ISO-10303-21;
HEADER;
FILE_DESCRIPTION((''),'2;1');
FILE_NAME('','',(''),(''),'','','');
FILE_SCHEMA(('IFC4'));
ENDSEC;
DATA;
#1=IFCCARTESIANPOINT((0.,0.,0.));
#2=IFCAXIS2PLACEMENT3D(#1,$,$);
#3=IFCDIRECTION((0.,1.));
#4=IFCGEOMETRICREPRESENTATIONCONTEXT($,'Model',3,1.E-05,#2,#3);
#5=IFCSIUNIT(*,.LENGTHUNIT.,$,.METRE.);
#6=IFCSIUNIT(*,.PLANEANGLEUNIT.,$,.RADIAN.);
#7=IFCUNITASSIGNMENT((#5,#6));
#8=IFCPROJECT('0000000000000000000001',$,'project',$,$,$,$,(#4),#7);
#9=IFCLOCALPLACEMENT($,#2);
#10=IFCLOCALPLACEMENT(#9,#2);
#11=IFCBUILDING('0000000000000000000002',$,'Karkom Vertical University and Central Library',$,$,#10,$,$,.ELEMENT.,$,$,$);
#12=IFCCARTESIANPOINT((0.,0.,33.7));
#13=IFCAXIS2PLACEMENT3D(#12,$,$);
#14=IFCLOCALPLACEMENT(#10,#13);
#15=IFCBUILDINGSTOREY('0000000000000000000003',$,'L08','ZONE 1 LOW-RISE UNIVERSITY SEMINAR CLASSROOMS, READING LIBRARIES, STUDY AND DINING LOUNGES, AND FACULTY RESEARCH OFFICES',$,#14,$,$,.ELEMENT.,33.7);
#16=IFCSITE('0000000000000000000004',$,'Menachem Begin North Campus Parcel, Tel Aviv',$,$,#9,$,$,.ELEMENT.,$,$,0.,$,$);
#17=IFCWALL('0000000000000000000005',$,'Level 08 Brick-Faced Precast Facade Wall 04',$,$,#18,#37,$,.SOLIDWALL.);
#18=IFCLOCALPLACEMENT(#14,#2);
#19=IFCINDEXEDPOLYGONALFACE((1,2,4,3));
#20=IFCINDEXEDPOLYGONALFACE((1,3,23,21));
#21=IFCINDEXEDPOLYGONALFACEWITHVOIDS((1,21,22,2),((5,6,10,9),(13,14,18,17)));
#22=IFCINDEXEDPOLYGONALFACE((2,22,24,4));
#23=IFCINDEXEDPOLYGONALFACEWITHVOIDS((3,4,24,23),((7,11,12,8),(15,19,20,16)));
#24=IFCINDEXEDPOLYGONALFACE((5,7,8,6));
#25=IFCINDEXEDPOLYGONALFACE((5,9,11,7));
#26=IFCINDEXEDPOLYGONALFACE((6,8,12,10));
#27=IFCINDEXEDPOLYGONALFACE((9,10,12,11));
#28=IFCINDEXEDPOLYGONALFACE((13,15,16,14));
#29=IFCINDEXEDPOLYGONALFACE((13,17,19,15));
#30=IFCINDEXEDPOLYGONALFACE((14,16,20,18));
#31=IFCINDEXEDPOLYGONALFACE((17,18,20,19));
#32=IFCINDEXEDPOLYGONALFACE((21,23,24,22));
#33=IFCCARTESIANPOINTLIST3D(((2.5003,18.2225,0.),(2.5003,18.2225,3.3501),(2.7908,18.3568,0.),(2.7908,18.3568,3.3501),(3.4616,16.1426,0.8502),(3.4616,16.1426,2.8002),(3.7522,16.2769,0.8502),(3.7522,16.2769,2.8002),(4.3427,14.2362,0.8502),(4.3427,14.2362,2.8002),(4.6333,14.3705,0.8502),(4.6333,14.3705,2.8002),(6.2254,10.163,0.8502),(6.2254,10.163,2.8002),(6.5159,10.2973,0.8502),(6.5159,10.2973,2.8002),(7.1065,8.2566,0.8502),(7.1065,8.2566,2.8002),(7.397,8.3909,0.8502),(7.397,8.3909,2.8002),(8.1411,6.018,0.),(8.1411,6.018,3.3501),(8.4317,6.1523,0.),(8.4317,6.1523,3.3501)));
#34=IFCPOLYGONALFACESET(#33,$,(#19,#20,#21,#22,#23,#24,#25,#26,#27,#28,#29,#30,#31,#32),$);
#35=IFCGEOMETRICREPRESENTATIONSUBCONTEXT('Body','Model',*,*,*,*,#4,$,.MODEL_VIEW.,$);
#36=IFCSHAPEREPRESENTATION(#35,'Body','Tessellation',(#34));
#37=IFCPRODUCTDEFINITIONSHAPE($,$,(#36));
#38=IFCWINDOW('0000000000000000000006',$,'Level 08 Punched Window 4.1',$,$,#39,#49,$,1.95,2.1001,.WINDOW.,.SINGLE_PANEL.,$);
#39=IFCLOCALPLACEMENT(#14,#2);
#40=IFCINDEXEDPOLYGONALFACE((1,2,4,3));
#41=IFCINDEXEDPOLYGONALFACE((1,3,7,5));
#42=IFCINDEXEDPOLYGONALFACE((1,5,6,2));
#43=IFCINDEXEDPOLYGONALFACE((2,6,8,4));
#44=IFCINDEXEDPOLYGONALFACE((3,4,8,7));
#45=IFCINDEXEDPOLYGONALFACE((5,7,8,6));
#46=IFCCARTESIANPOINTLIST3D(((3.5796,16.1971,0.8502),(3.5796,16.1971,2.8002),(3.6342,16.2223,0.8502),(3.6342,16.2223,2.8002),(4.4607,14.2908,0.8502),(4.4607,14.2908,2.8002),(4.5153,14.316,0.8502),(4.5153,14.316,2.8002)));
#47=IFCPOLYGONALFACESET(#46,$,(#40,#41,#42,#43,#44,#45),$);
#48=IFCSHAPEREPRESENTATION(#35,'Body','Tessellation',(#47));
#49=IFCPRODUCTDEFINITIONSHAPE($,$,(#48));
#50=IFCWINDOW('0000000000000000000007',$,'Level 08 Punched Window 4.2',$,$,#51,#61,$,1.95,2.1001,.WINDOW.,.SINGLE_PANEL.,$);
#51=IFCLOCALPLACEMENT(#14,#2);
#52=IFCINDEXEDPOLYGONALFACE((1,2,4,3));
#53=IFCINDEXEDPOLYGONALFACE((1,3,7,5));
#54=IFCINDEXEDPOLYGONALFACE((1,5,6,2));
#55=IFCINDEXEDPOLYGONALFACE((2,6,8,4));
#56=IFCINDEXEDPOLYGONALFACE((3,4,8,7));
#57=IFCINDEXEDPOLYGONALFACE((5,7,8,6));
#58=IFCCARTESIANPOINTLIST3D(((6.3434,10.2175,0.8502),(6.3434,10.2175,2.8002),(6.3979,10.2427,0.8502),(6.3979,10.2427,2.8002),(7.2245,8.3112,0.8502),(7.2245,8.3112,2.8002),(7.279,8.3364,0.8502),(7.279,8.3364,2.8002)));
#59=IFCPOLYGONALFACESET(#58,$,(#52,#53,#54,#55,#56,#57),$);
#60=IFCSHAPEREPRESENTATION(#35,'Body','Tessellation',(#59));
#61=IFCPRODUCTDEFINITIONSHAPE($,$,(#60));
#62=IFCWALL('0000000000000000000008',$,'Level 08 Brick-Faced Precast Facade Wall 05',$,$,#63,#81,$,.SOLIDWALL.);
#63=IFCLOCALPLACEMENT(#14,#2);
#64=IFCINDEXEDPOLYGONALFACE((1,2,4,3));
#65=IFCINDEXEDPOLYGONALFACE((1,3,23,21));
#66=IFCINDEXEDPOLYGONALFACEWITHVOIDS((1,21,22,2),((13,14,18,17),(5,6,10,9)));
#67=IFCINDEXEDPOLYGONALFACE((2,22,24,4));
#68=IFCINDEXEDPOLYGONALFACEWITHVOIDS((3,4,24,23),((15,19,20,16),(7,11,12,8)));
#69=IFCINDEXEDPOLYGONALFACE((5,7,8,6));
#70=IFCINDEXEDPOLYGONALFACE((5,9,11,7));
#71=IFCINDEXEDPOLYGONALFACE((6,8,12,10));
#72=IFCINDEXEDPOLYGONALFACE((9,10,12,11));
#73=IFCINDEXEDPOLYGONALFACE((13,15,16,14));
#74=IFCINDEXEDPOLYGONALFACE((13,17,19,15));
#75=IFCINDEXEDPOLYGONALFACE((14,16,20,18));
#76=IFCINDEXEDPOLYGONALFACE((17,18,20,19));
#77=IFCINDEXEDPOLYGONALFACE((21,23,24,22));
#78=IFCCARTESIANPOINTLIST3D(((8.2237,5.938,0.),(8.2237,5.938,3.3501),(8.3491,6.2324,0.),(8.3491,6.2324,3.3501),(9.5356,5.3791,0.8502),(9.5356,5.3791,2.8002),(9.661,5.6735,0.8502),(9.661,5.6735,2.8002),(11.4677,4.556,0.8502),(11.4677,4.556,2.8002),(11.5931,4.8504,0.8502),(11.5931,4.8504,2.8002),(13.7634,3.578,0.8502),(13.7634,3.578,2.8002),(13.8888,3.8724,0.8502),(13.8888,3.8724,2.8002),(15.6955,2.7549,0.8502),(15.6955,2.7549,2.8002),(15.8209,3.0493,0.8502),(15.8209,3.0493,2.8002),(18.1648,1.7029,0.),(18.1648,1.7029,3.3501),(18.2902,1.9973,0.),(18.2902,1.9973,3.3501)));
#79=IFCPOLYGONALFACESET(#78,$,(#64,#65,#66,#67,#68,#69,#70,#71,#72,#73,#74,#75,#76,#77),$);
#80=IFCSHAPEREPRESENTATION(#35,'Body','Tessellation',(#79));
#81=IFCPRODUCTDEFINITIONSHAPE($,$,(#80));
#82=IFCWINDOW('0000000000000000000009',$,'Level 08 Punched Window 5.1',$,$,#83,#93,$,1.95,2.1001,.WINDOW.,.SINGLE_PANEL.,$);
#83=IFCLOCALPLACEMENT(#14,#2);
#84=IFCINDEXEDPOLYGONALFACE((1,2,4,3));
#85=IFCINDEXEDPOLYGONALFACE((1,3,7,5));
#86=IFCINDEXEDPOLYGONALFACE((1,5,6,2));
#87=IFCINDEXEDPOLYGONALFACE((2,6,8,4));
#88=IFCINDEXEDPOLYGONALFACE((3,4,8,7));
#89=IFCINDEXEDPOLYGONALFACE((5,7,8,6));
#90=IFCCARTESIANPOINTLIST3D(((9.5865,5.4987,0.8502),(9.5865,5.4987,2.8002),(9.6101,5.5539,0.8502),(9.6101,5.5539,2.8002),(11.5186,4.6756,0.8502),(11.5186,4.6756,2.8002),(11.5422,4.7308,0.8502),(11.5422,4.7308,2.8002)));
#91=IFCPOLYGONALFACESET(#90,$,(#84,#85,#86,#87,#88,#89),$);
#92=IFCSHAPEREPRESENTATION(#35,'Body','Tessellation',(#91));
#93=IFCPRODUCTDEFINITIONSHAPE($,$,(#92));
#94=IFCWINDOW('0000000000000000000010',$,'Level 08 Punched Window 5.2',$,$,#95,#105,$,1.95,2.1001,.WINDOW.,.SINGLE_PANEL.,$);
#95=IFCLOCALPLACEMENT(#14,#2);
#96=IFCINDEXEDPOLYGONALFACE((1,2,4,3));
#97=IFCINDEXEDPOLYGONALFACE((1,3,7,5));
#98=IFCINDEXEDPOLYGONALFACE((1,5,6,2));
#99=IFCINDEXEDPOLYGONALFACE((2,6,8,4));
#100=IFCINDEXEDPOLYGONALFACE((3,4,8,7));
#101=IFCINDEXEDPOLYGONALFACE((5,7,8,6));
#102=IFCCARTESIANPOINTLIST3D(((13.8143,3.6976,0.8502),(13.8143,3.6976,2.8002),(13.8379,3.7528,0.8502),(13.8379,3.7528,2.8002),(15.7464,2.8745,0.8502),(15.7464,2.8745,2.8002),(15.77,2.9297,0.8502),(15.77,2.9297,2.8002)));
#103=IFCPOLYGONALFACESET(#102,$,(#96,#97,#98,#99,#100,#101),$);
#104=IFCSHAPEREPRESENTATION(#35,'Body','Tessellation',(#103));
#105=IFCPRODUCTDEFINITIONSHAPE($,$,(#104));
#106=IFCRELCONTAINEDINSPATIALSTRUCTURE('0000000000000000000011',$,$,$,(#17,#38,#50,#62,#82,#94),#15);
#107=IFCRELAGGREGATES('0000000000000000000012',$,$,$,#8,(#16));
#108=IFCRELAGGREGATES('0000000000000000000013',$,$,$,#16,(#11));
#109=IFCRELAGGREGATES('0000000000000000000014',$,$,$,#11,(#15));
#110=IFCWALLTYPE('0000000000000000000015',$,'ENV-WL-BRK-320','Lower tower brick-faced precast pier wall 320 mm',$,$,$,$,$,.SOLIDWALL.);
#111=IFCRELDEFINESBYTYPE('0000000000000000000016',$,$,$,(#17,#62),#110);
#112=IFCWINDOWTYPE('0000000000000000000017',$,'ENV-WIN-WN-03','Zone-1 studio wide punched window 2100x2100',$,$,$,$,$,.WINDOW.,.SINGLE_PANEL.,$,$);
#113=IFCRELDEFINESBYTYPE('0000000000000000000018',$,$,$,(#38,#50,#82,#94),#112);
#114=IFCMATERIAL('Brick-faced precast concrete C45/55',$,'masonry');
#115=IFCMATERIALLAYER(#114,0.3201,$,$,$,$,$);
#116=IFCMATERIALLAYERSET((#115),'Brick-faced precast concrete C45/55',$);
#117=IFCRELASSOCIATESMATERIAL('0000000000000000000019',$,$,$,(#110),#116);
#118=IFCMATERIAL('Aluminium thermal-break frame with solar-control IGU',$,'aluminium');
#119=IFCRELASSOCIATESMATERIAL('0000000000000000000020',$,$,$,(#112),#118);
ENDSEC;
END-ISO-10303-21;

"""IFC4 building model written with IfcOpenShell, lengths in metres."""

from ifc_helpers import new_model, si_unit, direction, frame, frame_2d, origin, origin_with_axes, place, context, subcontext, project, spatial, rectangle, extrude, source, transform, mapped, material, layer, layer_set, type_object, element, fill, save


model = new_model("IFC4")

# Units and contexts
model_context = context("Model", 3, precision=1e-05, world=origin(), true_north=direction((0.0, 1.0)))
body_context = subcontext(model_context, "Body", "Model", "MODEL_VIEW")
ifc_project = project(units=[si_unit("LENGTHUNIT", "METRE"), si_unit("PLANEANGLEUNIT", "RADIAN")], contexts=[model_context])

# Site, building, storey
site_placement = place(None, origin())
site = spatial("IfcSite", under=ifc_project, at=site_placement, Name="Menachem Begin North Campus Parcel, Tel Aviv", CompositionType="ELEMENT", RefElevation=0.0)
building_placement = place(site_placement, origin())
building = spatial("IfcBuilding", under=site, at=building_placement, Name="Karkom Vertical University and Central Library", CompositionType="ELEMENT")
storey_placement = place(building_placement, frame((0.0, 0.0, 33.7)))
storey = spatial("IfcBuildingStorey", under=building, at=storey_placement, Name="L08", Description="ZONE 1 LOW-RISE UNIVERSITY SEMINAR CLASSROOMS, READING LIBRARIES, STUDY AND DINING LOUNGES, AND FACULTY RESEARCH OFFICES", CompositionType="ELEMENT", Elevation=33.7)

# Walls, openings, windows
ifc_material_1 = material(Name="Brick-faced precast concrete C45/55", Category="masonry")
ifc_layer_1 = layer(ifc_material_1, 0.3201)
ifc_layer_set_1 = layer_set([ifc_layer_1], Name="Brick-faced precast concrete C45/55")
wall_type_1 = type_object("IfcWallType", Name="ENV-WL-BRK-320", Description="Lower tower brick-faced precast pier wall 320 mm", PredefinedType="SOLIDWALL", material=ifc_layer_set_1)
wall_1_placement = place(storey_placement, frame((2.6455, 18.2898, 0.0), z_axis=(0.0, 0.0, 1.0), x_axis=(0.419548, -0.907733, 0.0)))
wall_1 = element("IfcWall", 1, at=wall_1_placement, inside=storey, type_object=wall_type_1, Name="Level 08 Brick-Faced Precast Facade Wall 04", PredefinedType="SOLIDWALL", context=body_context, shape_type="SweptSolid", body=[
    extrude(rectangle(XDim=13.4451, YDim=0.3201, at=frame_2d((6.7227, 0.0))), origin(), (0.0, 0.0, 1.0), 3.3501),
])
opening_1_placement = place(wall_1_placement, frame((2.2915, 0.0, 0.8501)))
opening_1 = element("IfcOpeningElement", 2, at=opening_1_placement, cuts=wall_1, PredefinedType="OPENING", context=body_context, shape_type="SweptSolid", body=[
    extrude(rectangle(XDim=2.1001, YDim=1.95, at=frame_2d((1.05, 0.9751))), frame((0.0, 0.1699, 0.0), z_axis=(0.0, -1.0, 0.0), x_axis=(1.0, 0.0, 0.0)), (0.0, 0.0, 1.0), 0.3401),
])
opening_2_placement = place(wall_1_placement, frame((8.8789, 0.0, 0.8501)))
opening_2 = element("IfcOpeningElement", 3, at=opening_2_placement, cuts=wall_1, PredefinedType="OPENING", context=body_context, shape_type="SweptSolid", body=[
    extrude(rectangle(XDim=2.1001, YDim=1.95, at=frame_2d((1.05, 0.9751))), frame((0.0, 0.1699, 0.0), z_axis=(0.0, -1.0, 0.0), x_axis=(1.0, 0.0, 0.0)), (0.0, 0.0, 1.0), 0.3401),
])
ifc_material_2 = material(Name="Aluminium thermal-break frame with solar-control IGU", Category="aluminium")
window_type = type_object("IfcWindowType", Name="ENV-WIN-WN-03", Description="Zone-1 studio wide punched window 2100x2100", PartitioningType="SINGLE_PANEL", PredefinedType="WINDOW", material=ifc_material_2)
shared_shape_1 = source(origin_with_axes(), body_context, "Body", "SweptSolid", [
    extrude(rectangle(XDim=2.1001, YDim=1.95, at=frame_2d((1.05, 0.9751))), frame((0.0, 0.03, 0.0), z_axis=(0.0, -1.0, 0.0), x_axis=(1.0, 0.0, 0.0)), (0.0, 0.0, 1.0), 0.0601),
])
window_1_placement = place(opening_1_placement, origin())
window_1 = element("IfcWindow", 4, at=window_1_placement, inside=storey, type_object=window_type, Name="Level 08 Punched Window 4.1", OverallHeight=1.95, OverallWidth=2.1001, PartitioningType="SINGLE_PANEL", PredefinedType="WINDOW", context=body_context, shape_type="MappedRepresentation", body=[
    mapped(shared_shape_1, transform((0.0, 0.0, 0.0), scale=1.0)),
])
fill(opening_1, window_1)
window_2_placement = place(opening_2_placement, origin())
window_2 = element("IfcWindow", 5, at=window_2_placement, inside=storey, type_object=window_type, Name="Level 08 Punched Window 4.2", OverallHeight=1.95, OverallWidth=2.1001, PartitioningType="SINGLE_PANEL", PredefinedType="WINDOW", context=body_context, shape_type="MappedRepresentation", body=[
    mapped(shared_shape_1, transform((0.0, 0.0, 0.0), scale=1.0)),
])
fill(opening_2, window_2)
wall_2_placement = place(storey_placement, frame((8.2864, 6.0852, 0.0), z_axis=(0.0, 0.0, 1.0), x_axis=(0.919994, -0.391933, 0.0)))
wall_2 = element("IfcWall", 6, at=wall_2_placement, inside=storey, type_object=wall_type_1, Name="Level 08 Brick-Faced Precast Facade Wall 05", PredefinedType="SOLIDWALL", context=body_context, shape_type="SweptSolid", body=[
    extrude(rectangle(XDim=10.8057, YDim=0.3201, at=frame_2d((5.4028, 0.0))), origin(), (0.0, 0.0, 1.0), 3.3501),
])
opening_3_placement = place(wall_2_placement, frame((1.426, 0.0, 0.8501)))
opening_3 = element("IfcOpeningElement", 7, at=opening_3_placement, cuts=wall_2, PredefinedType="OPENING", context=body_context, shape_type="SweptSolid", body=[
    extrude(rectangle(XDim=2.1001, YDim=1.95, at=frame_2d((1.05, 0.9751))), frame((0.0, 0.1699, 0.0), z_axis=(0.0, -1.0, 0.0), x_axis=(1.0, 0.0, 0.0)), (0.0, 0.0, 1.0), 0.3401),
])
opening_4_placement = place(wall_2_placement, frame((6.0215, 0.0, 0.8501)))
opening_4 = element("IfcOpeningElement", 8, at=opening_4_placement, cuts=wall_2, PredefinedType="OPENING", context=body_context, shape_type="SweptSolid", body=[
    extrude(rectangle(XDim=2.1001, YDim=1.95, at=frame_2d((1.05, 0.9751))), frame((0.0, 0.1699, 0.0), z_axis=(0.0, -1.0, 0.0), x_axis=(1.0, 0.0, 0.0)), (0.0, 0.0, 1.0), 0.3401),
])
window_3_placement = place(opening_3_placement, origin())
window_3 = element("IfcWindow", 9, at=window_3_placement, inside=storey, type_object=window_type, Name="Level 08 Punched Window 5.1", OverallHeight=1.95, OverallWidth=2.1001, PartitioningType="SINGLE_PANEL", PredefinedType="WINDOW", context=body_context, shape_type="MappedRepresentation", body=[
    mapped(shared_shape_1, transform((0.0, 0.0, 0.0), scale=1.0)),
])
fill(opening_3, window_3)
window_4_placement = place(opening_4_placement, origin())
window_4 = element("IfcWindow", 10, at=window_4_placement, inside=storey, type_object=window_type, Name="Level 08 Punched Window 5.2", OverallHeight=1.95, OverallWidth=2.1001, PartitioningType="SINGLE_PANEL", PredefinedType="WINDOW", context=body_context, shape_type="MappedRepresentation", body=[
    mapped(shared_shape_1, transform((0.0, 0.0, 0.0), scale=1.0)),
])
fill(opening_4, window_4)

save(model, "model.ifc")
